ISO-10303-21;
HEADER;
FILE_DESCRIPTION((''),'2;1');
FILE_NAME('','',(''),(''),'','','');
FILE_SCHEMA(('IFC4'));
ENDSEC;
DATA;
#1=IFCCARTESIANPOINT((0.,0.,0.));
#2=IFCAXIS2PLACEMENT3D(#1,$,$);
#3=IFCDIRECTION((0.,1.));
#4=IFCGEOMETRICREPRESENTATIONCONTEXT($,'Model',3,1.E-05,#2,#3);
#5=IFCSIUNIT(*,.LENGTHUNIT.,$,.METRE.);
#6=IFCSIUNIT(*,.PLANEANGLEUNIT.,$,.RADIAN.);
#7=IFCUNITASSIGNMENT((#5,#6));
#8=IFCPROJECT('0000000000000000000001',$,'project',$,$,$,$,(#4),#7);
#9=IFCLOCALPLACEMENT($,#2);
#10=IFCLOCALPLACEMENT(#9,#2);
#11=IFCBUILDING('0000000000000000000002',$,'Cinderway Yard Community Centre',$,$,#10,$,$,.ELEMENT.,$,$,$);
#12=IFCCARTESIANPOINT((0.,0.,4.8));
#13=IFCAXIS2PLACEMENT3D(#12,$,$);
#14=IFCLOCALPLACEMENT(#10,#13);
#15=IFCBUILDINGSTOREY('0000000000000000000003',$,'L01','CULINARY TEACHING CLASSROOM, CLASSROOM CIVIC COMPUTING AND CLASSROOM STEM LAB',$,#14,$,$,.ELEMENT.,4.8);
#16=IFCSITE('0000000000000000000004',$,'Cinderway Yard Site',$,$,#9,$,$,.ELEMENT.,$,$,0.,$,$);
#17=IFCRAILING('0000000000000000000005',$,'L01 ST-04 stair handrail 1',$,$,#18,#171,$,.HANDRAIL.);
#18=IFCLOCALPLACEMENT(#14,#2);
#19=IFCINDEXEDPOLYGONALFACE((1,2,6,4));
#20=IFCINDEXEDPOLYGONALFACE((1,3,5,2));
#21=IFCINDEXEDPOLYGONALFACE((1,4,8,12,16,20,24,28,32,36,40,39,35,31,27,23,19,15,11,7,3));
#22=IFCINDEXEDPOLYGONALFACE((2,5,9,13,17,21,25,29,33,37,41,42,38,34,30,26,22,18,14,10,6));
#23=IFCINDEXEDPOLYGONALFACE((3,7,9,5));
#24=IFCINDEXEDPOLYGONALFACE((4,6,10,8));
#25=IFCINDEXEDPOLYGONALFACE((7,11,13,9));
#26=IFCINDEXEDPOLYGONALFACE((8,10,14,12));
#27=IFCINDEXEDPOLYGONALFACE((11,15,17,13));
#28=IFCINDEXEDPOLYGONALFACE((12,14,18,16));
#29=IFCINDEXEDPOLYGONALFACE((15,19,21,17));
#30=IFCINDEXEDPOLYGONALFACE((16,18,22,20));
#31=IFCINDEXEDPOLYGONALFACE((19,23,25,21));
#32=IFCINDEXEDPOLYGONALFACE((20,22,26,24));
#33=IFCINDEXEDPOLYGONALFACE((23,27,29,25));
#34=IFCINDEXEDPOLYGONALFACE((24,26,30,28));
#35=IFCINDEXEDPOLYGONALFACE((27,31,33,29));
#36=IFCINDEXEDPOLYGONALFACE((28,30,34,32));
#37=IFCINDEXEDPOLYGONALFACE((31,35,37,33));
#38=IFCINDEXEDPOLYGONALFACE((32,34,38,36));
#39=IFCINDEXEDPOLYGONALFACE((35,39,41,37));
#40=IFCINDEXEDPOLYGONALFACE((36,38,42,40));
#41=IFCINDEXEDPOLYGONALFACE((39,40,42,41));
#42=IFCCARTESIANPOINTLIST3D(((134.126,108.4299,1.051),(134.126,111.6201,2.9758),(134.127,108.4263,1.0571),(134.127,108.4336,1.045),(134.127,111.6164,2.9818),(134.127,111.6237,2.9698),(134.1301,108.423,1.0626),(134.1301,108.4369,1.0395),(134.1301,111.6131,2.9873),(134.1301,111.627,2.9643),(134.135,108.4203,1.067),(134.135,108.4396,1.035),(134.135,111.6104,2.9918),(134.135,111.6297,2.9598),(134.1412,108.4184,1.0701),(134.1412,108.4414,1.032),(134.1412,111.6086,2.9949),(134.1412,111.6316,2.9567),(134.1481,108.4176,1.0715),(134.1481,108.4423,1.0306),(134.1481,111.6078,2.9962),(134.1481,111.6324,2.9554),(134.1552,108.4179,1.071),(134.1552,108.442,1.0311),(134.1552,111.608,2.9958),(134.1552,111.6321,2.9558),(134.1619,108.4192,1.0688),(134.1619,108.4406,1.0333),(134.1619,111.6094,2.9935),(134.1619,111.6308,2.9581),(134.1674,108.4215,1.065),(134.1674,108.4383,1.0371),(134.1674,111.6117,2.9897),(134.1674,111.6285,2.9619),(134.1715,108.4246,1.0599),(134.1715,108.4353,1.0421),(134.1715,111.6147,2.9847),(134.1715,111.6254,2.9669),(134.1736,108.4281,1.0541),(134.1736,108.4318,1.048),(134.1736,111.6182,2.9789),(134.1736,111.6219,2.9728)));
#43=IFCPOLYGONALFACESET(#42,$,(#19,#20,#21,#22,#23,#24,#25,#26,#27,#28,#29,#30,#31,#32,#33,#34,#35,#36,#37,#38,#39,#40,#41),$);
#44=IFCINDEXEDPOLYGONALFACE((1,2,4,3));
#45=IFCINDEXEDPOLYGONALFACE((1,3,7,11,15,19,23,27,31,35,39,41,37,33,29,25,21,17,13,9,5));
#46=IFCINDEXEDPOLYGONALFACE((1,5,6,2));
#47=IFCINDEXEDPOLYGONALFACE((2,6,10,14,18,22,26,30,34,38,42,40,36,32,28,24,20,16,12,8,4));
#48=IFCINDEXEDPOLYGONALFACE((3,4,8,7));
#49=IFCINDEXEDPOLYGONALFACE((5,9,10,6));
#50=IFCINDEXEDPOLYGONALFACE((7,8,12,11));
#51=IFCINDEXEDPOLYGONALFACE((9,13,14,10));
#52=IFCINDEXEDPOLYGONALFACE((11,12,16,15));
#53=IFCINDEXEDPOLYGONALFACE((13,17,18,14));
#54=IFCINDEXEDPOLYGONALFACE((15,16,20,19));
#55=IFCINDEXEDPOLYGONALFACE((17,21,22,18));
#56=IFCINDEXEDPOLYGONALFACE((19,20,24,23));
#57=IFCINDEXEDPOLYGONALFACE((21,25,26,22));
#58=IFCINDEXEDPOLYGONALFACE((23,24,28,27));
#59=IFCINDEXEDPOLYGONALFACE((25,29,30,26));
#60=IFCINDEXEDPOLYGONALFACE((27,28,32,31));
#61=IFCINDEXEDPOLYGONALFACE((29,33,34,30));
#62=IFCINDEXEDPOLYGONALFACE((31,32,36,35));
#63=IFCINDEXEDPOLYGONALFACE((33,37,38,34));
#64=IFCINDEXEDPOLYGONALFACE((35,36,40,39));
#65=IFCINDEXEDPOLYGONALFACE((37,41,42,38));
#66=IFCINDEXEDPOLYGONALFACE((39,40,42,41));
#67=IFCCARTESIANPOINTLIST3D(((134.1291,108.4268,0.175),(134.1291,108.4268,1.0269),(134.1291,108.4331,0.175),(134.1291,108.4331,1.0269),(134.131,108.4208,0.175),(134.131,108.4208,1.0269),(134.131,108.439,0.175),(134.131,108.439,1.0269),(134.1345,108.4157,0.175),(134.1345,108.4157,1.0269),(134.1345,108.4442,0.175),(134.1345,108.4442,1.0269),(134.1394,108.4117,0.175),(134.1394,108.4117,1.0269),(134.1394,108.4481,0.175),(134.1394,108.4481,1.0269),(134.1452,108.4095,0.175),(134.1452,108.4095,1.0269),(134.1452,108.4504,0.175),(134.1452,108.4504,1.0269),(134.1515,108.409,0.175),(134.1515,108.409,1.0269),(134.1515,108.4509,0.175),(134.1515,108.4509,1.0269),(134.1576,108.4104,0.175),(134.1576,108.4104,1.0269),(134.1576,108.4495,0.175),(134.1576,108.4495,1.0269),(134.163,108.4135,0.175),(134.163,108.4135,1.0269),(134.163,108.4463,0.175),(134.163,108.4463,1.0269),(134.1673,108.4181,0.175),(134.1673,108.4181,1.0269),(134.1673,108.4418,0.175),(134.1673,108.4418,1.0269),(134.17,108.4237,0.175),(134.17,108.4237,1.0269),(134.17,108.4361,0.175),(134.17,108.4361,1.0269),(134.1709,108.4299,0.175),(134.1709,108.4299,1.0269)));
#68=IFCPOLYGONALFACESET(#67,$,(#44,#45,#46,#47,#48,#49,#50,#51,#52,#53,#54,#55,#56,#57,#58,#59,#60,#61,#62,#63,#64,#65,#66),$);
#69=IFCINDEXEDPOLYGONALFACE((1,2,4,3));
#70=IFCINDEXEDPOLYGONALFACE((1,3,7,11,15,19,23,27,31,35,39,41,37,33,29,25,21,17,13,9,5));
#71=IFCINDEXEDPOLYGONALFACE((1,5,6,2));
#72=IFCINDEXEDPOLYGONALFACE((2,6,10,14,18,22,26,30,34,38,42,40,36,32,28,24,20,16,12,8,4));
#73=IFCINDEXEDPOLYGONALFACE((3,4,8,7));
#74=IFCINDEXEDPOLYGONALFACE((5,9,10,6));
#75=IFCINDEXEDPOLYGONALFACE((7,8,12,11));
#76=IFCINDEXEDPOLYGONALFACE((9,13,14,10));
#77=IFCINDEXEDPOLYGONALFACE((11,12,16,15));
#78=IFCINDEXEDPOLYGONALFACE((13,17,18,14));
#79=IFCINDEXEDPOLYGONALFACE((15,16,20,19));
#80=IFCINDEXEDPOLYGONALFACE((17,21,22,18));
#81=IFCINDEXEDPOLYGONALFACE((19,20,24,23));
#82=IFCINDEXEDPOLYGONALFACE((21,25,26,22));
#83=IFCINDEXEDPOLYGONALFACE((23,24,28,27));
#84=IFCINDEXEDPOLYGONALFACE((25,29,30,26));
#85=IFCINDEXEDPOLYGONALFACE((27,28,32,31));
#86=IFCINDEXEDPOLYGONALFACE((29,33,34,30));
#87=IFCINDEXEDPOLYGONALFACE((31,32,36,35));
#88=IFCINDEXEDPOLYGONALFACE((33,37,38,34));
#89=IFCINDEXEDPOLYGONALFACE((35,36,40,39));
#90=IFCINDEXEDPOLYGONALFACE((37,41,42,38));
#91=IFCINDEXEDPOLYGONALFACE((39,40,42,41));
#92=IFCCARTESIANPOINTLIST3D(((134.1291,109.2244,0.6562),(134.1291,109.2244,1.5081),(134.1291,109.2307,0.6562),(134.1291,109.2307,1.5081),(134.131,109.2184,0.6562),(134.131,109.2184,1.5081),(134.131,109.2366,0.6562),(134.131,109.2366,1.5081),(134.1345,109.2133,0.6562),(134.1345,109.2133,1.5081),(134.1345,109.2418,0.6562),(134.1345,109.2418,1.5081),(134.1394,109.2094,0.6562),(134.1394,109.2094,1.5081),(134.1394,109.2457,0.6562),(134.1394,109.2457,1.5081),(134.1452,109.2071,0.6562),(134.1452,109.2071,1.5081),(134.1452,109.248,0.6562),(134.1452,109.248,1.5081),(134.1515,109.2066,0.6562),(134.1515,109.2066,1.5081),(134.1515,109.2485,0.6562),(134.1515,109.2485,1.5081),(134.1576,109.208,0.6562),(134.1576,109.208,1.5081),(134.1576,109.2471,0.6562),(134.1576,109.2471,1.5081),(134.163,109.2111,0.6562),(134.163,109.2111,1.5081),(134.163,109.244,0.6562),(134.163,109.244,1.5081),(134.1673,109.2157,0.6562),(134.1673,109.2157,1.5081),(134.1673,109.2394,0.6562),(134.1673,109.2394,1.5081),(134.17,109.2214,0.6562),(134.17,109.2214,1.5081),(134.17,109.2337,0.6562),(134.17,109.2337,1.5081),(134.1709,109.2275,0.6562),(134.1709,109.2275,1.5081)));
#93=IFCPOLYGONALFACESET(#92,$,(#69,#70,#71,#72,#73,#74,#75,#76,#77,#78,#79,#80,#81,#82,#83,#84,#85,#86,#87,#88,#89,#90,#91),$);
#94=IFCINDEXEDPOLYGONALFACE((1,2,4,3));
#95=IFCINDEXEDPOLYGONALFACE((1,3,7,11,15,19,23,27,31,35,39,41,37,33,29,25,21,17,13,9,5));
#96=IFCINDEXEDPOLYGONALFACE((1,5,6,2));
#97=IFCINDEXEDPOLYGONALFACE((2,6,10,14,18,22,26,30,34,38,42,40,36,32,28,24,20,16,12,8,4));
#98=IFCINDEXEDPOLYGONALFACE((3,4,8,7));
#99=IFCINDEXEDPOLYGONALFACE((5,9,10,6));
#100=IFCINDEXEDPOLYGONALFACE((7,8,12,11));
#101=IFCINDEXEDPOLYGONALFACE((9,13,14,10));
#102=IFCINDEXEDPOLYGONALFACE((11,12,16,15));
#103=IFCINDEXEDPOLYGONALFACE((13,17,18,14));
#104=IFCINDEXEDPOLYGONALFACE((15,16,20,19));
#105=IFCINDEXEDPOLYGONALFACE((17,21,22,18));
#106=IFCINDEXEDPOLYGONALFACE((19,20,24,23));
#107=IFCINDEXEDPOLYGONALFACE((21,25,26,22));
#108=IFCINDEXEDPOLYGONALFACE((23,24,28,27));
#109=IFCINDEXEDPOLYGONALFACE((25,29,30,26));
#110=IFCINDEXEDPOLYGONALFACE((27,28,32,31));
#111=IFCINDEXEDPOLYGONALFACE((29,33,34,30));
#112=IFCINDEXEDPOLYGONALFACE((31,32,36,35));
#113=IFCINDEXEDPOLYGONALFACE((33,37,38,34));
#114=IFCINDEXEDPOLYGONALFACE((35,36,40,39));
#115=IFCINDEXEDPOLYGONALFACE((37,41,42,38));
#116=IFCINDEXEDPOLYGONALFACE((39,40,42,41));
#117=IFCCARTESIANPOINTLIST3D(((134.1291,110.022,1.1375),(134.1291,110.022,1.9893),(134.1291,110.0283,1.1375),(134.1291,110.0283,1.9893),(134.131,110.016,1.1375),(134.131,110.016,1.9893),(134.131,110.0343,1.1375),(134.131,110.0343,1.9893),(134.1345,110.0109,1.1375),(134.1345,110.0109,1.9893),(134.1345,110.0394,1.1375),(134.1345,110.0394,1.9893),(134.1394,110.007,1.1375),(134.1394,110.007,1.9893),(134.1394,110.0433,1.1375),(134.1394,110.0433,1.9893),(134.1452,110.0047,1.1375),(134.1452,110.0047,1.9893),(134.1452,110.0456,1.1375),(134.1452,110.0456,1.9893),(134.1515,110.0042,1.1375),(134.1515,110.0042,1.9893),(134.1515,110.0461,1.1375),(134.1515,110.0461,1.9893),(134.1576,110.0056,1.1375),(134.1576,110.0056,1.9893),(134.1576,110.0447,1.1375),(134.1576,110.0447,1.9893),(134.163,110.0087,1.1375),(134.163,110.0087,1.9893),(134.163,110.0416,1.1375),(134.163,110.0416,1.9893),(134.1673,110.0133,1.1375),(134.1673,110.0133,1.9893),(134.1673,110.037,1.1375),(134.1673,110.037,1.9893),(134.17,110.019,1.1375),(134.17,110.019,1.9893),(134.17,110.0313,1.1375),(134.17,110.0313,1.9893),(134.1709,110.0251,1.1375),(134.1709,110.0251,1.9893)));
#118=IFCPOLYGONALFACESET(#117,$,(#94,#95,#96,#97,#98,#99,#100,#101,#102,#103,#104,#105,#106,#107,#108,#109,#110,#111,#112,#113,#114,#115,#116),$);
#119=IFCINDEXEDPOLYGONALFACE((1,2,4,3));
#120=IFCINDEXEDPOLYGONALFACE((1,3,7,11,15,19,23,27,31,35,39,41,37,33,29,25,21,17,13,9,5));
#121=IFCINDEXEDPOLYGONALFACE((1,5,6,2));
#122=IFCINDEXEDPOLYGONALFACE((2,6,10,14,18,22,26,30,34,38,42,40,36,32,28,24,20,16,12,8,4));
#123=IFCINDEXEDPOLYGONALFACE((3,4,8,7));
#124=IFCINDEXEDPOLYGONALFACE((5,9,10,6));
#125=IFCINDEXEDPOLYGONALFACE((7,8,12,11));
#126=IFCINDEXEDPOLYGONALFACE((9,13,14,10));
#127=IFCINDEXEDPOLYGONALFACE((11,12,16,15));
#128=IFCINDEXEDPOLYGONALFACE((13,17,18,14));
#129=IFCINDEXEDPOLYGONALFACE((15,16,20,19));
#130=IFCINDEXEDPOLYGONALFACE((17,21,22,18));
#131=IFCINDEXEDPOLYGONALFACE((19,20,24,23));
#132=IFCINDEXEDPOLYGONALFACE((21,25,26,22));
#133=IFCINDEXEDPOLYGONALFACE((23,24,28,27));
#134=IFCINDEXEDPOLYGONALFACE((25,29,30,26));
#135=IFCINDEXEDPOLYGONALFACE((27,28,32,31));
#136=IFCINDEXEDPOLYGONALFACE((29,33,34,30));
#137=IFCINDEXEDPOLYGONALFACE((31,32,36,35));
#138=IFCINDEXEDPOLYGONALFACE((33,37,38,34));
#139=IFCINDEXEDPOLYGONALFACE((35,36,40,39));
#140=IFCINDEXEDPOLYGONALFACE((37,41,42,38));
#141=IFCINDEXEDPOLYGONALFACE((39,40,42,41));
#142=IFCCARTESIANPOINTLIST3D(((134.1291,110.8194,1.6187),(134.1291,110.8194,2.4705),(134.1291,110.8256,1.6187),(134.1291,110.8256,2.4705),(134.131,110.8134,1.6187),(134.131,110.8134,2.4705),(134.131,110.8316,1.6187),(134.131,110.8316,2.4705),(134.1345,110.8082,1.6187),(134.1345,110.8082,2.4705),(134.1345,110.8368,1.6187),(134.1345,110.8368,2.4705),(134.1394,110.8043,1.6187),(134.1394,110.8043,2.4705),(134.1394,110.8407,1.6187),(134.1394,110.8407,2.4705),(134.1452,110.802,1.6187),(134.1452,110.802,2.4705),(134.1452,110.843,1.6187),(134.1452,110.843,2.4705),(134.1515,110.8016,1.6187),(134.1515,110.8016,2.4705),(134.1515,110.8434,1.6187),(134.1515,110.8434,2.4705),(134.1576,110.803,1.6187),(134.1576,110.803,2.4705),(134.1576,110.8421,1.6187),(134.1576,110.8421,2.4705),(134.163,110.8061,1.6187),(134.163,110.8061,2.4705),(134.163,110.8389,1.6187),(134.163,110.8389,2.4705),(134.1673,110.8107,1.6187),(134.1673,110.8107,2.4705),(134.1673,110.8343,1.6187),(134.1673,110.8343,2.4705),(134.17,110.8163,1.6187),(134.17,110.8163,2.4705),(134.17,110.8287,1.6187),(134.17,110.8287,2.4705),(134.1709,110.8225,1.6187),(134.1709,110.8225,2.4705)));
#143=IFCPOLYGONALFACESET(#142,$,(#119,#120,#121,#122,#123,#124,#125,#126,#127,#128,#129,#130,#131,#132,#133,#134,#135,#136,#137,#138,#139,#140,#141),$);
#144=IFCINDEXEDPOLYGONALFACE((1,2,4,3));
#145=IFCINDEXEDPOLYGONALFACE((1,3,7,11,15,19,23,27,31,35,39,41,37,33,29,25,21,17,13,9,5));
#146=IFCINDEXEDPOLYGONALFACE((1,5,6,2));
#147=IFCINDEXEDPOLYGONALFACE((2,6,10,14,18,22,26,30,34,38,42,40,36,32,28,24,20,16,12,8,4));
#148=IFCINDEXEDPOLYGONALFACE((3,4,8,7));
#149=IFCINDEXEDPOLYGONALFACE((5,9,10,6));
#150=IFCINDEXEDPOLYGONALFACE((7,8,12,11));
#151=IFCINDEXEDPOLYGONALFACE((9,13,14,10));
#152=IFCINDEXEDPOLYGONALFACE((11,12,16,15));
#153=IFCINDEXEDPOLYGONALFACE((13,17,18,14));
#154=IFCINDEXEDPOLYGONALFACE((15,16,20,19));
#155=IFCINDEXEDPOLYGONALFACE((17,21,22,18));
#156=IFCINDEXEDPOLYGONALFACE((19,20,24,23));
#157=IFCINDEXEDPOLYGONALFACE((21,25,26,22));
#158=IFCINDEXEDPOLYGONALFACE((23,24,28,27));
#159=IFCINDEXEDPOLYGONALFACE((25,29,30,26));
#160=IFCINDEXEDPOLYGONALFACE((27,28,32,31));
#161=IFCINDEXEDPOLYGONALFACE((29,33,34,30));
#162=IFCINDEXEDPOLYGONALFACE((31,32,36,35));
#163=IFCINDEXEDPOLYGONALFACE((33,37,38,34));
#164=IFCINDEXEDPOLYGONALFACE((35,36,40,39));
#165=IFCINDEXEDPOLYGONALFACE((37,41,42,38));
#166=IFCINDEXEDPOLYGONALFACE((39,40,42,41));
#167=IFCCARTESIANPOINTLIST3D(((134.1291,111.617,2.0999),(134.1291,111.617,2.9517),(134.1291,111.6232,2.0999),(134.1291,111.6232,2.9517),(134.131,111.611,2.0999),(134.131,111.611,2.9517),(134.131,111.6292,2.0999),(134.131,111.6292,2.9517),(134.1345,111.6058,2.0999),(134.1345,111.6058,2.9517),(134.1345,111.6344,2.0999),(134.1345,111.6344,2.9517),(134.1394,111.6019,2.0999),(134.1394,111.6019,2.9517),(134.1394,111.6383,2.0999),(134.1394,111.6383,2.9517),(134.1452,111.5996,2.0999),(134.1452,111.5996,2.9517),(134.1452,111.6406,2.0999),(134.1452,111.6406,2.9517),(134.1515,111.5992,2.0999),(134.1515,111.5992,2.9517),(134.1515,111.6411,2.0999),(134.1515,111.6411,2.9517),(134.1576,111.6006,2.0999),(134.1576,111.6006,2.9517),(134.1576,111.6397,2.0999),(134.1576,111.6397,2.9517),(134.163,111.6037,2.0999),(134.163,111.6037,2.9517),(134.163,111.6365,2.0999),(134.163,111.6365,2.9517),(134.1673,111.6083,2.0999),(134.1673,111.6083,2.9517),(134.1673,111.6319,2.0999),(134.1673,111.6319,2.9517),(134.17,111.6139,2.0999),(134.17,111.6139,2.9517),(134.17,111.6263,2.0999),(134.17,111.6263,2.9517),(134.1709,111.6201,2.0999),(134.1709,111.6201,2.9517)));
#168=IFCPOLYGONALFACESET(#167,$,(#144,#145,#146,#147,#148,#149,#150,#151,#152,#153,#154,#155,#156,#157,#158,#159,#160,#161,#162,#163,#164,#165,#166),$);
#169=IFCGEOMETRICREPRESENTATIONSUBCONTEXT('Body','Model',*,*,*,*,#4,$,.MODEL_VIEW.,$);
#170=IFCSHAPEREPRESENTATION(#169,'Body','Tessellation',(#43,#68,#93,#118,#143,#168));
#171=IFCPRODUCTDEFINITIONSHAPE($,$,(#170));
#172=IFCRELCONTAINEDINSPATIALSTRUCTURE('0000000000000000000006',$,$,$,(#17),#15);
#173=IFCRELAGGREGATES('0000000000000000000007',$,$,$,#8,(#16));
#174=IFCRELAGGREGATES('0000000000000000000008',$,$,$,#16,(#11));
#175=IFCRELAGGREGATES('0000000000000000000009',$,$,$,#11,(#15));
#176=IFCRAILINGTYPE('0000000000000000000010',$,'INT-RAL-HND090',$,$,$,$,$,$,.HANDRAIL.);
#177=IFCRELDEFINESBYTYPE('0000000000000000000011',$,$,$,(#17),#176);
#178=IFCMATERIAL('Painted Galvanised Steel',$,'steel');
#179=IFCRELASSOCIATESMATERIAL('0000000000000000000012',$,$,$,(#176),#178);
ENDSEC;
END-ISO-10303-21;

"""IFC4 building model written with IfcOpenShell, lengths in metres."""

from ifc_helpers import new_model, si_unit, direction, frame, origin, origin_2d, place, context, subcontext, project, spatial, circle, extrude, material, type_object, element, save


model = new_model("IFC4")

# Units and contexts
model_context = context("Model", 3, precision=1e-05, world=origin(), true_north=direction((0.0, 1.0)))
body_context = subcontext(model_context, "Body", "Model", "MODEL_VIEW")
ifc_project = project(units=[si_unit("LENGTHUNIT", "METRE"), si_unit("PLANEANGLEUNIT", "RADIAN")], contexts=[model_context])

# Site, building, storey
site_placement = place(None, origin())
site = spatial("IfcSite", under=ifc_project, at=site_placement, Name="Cinderway Yard Site", CompositionType="ELEMENT", RefElevation=0.0)
building_placement = place(site_placement, origin())
building = spatial("IfcBuilding", under=site, at=building_placement, Name="Cinderway Yard Community Centre", CompositionType="ELEMENT")
storey_placement = place(building_placement, frame((0.0, 0.0, 4.8)))
storey = spatial("IfcBuildingStorey", under=building, at=storey_placement, Name="L01", Description="CULINARY TEACHING CLASSROOM, CLASSROOM CIVIC COMPUTING AND CLASSROOM STEM LAB", CompositionType="ELEMENT", Elevation=4.8)

# Railing
ifc_material_1 = material(Name="Painted Galvanised Steel", Category="steel")
railing_type_1 = type_object("IfcRailingType", Name="INT-RAL-HND090", PredefinedType="HANDRAIL", material=ifc_material_1)
railing_1_placement = place(storey_placement, frame((134.1499, 108.4299, 0.175)))
element("IfcRailing", 1, at=railing_1_placement, inside=storey, type_object=railing_type_1, Name="L01 ST-04 stair handrail 1", PredefinedType="HANDRAIL", context=body_context, shape_type="SweptSolid", body=[
    extrude(circle(Radius=0.0239, at=origin_2d()), frame((0.0, 0.0, 0.876), z_axis=(0.0, 0.856224, 0.516605), x_axis=(-1.0, 0.0, 0.0)), (0.0, 0.0, 1.0), 3.7258),
    extrude(circle(Radius=0.021, at=origin_2d()), origin(), (0.0, 0.0, 1.0), 0.8518),
    extrude(circle(Radius=0.021, at=origin_2d()), frame((0.0, 0.7976, 0.4812)), (0.0, 0.0, 1.0), 0.8518),
    extrude(circle(Radius=0.021, at=origin_2d()), frame((0.0, 1.5952, 0.9624)), (0.0, 0.0, 1.0), 0.8518),
    extrude(circle(Radius=0.021, at=origin_2d()), frame((0.0, 2.3926, 1.4436)), (0.0, 0.0, 1.0), 0.8518),
    extrude(circle(Radius=0.021, at=origin_2d()), frame((0.0, 3.1902, 1.9248)), (0.0, 0.0, 1.0), 0.8518),
])

save(model, "model.ifc")
